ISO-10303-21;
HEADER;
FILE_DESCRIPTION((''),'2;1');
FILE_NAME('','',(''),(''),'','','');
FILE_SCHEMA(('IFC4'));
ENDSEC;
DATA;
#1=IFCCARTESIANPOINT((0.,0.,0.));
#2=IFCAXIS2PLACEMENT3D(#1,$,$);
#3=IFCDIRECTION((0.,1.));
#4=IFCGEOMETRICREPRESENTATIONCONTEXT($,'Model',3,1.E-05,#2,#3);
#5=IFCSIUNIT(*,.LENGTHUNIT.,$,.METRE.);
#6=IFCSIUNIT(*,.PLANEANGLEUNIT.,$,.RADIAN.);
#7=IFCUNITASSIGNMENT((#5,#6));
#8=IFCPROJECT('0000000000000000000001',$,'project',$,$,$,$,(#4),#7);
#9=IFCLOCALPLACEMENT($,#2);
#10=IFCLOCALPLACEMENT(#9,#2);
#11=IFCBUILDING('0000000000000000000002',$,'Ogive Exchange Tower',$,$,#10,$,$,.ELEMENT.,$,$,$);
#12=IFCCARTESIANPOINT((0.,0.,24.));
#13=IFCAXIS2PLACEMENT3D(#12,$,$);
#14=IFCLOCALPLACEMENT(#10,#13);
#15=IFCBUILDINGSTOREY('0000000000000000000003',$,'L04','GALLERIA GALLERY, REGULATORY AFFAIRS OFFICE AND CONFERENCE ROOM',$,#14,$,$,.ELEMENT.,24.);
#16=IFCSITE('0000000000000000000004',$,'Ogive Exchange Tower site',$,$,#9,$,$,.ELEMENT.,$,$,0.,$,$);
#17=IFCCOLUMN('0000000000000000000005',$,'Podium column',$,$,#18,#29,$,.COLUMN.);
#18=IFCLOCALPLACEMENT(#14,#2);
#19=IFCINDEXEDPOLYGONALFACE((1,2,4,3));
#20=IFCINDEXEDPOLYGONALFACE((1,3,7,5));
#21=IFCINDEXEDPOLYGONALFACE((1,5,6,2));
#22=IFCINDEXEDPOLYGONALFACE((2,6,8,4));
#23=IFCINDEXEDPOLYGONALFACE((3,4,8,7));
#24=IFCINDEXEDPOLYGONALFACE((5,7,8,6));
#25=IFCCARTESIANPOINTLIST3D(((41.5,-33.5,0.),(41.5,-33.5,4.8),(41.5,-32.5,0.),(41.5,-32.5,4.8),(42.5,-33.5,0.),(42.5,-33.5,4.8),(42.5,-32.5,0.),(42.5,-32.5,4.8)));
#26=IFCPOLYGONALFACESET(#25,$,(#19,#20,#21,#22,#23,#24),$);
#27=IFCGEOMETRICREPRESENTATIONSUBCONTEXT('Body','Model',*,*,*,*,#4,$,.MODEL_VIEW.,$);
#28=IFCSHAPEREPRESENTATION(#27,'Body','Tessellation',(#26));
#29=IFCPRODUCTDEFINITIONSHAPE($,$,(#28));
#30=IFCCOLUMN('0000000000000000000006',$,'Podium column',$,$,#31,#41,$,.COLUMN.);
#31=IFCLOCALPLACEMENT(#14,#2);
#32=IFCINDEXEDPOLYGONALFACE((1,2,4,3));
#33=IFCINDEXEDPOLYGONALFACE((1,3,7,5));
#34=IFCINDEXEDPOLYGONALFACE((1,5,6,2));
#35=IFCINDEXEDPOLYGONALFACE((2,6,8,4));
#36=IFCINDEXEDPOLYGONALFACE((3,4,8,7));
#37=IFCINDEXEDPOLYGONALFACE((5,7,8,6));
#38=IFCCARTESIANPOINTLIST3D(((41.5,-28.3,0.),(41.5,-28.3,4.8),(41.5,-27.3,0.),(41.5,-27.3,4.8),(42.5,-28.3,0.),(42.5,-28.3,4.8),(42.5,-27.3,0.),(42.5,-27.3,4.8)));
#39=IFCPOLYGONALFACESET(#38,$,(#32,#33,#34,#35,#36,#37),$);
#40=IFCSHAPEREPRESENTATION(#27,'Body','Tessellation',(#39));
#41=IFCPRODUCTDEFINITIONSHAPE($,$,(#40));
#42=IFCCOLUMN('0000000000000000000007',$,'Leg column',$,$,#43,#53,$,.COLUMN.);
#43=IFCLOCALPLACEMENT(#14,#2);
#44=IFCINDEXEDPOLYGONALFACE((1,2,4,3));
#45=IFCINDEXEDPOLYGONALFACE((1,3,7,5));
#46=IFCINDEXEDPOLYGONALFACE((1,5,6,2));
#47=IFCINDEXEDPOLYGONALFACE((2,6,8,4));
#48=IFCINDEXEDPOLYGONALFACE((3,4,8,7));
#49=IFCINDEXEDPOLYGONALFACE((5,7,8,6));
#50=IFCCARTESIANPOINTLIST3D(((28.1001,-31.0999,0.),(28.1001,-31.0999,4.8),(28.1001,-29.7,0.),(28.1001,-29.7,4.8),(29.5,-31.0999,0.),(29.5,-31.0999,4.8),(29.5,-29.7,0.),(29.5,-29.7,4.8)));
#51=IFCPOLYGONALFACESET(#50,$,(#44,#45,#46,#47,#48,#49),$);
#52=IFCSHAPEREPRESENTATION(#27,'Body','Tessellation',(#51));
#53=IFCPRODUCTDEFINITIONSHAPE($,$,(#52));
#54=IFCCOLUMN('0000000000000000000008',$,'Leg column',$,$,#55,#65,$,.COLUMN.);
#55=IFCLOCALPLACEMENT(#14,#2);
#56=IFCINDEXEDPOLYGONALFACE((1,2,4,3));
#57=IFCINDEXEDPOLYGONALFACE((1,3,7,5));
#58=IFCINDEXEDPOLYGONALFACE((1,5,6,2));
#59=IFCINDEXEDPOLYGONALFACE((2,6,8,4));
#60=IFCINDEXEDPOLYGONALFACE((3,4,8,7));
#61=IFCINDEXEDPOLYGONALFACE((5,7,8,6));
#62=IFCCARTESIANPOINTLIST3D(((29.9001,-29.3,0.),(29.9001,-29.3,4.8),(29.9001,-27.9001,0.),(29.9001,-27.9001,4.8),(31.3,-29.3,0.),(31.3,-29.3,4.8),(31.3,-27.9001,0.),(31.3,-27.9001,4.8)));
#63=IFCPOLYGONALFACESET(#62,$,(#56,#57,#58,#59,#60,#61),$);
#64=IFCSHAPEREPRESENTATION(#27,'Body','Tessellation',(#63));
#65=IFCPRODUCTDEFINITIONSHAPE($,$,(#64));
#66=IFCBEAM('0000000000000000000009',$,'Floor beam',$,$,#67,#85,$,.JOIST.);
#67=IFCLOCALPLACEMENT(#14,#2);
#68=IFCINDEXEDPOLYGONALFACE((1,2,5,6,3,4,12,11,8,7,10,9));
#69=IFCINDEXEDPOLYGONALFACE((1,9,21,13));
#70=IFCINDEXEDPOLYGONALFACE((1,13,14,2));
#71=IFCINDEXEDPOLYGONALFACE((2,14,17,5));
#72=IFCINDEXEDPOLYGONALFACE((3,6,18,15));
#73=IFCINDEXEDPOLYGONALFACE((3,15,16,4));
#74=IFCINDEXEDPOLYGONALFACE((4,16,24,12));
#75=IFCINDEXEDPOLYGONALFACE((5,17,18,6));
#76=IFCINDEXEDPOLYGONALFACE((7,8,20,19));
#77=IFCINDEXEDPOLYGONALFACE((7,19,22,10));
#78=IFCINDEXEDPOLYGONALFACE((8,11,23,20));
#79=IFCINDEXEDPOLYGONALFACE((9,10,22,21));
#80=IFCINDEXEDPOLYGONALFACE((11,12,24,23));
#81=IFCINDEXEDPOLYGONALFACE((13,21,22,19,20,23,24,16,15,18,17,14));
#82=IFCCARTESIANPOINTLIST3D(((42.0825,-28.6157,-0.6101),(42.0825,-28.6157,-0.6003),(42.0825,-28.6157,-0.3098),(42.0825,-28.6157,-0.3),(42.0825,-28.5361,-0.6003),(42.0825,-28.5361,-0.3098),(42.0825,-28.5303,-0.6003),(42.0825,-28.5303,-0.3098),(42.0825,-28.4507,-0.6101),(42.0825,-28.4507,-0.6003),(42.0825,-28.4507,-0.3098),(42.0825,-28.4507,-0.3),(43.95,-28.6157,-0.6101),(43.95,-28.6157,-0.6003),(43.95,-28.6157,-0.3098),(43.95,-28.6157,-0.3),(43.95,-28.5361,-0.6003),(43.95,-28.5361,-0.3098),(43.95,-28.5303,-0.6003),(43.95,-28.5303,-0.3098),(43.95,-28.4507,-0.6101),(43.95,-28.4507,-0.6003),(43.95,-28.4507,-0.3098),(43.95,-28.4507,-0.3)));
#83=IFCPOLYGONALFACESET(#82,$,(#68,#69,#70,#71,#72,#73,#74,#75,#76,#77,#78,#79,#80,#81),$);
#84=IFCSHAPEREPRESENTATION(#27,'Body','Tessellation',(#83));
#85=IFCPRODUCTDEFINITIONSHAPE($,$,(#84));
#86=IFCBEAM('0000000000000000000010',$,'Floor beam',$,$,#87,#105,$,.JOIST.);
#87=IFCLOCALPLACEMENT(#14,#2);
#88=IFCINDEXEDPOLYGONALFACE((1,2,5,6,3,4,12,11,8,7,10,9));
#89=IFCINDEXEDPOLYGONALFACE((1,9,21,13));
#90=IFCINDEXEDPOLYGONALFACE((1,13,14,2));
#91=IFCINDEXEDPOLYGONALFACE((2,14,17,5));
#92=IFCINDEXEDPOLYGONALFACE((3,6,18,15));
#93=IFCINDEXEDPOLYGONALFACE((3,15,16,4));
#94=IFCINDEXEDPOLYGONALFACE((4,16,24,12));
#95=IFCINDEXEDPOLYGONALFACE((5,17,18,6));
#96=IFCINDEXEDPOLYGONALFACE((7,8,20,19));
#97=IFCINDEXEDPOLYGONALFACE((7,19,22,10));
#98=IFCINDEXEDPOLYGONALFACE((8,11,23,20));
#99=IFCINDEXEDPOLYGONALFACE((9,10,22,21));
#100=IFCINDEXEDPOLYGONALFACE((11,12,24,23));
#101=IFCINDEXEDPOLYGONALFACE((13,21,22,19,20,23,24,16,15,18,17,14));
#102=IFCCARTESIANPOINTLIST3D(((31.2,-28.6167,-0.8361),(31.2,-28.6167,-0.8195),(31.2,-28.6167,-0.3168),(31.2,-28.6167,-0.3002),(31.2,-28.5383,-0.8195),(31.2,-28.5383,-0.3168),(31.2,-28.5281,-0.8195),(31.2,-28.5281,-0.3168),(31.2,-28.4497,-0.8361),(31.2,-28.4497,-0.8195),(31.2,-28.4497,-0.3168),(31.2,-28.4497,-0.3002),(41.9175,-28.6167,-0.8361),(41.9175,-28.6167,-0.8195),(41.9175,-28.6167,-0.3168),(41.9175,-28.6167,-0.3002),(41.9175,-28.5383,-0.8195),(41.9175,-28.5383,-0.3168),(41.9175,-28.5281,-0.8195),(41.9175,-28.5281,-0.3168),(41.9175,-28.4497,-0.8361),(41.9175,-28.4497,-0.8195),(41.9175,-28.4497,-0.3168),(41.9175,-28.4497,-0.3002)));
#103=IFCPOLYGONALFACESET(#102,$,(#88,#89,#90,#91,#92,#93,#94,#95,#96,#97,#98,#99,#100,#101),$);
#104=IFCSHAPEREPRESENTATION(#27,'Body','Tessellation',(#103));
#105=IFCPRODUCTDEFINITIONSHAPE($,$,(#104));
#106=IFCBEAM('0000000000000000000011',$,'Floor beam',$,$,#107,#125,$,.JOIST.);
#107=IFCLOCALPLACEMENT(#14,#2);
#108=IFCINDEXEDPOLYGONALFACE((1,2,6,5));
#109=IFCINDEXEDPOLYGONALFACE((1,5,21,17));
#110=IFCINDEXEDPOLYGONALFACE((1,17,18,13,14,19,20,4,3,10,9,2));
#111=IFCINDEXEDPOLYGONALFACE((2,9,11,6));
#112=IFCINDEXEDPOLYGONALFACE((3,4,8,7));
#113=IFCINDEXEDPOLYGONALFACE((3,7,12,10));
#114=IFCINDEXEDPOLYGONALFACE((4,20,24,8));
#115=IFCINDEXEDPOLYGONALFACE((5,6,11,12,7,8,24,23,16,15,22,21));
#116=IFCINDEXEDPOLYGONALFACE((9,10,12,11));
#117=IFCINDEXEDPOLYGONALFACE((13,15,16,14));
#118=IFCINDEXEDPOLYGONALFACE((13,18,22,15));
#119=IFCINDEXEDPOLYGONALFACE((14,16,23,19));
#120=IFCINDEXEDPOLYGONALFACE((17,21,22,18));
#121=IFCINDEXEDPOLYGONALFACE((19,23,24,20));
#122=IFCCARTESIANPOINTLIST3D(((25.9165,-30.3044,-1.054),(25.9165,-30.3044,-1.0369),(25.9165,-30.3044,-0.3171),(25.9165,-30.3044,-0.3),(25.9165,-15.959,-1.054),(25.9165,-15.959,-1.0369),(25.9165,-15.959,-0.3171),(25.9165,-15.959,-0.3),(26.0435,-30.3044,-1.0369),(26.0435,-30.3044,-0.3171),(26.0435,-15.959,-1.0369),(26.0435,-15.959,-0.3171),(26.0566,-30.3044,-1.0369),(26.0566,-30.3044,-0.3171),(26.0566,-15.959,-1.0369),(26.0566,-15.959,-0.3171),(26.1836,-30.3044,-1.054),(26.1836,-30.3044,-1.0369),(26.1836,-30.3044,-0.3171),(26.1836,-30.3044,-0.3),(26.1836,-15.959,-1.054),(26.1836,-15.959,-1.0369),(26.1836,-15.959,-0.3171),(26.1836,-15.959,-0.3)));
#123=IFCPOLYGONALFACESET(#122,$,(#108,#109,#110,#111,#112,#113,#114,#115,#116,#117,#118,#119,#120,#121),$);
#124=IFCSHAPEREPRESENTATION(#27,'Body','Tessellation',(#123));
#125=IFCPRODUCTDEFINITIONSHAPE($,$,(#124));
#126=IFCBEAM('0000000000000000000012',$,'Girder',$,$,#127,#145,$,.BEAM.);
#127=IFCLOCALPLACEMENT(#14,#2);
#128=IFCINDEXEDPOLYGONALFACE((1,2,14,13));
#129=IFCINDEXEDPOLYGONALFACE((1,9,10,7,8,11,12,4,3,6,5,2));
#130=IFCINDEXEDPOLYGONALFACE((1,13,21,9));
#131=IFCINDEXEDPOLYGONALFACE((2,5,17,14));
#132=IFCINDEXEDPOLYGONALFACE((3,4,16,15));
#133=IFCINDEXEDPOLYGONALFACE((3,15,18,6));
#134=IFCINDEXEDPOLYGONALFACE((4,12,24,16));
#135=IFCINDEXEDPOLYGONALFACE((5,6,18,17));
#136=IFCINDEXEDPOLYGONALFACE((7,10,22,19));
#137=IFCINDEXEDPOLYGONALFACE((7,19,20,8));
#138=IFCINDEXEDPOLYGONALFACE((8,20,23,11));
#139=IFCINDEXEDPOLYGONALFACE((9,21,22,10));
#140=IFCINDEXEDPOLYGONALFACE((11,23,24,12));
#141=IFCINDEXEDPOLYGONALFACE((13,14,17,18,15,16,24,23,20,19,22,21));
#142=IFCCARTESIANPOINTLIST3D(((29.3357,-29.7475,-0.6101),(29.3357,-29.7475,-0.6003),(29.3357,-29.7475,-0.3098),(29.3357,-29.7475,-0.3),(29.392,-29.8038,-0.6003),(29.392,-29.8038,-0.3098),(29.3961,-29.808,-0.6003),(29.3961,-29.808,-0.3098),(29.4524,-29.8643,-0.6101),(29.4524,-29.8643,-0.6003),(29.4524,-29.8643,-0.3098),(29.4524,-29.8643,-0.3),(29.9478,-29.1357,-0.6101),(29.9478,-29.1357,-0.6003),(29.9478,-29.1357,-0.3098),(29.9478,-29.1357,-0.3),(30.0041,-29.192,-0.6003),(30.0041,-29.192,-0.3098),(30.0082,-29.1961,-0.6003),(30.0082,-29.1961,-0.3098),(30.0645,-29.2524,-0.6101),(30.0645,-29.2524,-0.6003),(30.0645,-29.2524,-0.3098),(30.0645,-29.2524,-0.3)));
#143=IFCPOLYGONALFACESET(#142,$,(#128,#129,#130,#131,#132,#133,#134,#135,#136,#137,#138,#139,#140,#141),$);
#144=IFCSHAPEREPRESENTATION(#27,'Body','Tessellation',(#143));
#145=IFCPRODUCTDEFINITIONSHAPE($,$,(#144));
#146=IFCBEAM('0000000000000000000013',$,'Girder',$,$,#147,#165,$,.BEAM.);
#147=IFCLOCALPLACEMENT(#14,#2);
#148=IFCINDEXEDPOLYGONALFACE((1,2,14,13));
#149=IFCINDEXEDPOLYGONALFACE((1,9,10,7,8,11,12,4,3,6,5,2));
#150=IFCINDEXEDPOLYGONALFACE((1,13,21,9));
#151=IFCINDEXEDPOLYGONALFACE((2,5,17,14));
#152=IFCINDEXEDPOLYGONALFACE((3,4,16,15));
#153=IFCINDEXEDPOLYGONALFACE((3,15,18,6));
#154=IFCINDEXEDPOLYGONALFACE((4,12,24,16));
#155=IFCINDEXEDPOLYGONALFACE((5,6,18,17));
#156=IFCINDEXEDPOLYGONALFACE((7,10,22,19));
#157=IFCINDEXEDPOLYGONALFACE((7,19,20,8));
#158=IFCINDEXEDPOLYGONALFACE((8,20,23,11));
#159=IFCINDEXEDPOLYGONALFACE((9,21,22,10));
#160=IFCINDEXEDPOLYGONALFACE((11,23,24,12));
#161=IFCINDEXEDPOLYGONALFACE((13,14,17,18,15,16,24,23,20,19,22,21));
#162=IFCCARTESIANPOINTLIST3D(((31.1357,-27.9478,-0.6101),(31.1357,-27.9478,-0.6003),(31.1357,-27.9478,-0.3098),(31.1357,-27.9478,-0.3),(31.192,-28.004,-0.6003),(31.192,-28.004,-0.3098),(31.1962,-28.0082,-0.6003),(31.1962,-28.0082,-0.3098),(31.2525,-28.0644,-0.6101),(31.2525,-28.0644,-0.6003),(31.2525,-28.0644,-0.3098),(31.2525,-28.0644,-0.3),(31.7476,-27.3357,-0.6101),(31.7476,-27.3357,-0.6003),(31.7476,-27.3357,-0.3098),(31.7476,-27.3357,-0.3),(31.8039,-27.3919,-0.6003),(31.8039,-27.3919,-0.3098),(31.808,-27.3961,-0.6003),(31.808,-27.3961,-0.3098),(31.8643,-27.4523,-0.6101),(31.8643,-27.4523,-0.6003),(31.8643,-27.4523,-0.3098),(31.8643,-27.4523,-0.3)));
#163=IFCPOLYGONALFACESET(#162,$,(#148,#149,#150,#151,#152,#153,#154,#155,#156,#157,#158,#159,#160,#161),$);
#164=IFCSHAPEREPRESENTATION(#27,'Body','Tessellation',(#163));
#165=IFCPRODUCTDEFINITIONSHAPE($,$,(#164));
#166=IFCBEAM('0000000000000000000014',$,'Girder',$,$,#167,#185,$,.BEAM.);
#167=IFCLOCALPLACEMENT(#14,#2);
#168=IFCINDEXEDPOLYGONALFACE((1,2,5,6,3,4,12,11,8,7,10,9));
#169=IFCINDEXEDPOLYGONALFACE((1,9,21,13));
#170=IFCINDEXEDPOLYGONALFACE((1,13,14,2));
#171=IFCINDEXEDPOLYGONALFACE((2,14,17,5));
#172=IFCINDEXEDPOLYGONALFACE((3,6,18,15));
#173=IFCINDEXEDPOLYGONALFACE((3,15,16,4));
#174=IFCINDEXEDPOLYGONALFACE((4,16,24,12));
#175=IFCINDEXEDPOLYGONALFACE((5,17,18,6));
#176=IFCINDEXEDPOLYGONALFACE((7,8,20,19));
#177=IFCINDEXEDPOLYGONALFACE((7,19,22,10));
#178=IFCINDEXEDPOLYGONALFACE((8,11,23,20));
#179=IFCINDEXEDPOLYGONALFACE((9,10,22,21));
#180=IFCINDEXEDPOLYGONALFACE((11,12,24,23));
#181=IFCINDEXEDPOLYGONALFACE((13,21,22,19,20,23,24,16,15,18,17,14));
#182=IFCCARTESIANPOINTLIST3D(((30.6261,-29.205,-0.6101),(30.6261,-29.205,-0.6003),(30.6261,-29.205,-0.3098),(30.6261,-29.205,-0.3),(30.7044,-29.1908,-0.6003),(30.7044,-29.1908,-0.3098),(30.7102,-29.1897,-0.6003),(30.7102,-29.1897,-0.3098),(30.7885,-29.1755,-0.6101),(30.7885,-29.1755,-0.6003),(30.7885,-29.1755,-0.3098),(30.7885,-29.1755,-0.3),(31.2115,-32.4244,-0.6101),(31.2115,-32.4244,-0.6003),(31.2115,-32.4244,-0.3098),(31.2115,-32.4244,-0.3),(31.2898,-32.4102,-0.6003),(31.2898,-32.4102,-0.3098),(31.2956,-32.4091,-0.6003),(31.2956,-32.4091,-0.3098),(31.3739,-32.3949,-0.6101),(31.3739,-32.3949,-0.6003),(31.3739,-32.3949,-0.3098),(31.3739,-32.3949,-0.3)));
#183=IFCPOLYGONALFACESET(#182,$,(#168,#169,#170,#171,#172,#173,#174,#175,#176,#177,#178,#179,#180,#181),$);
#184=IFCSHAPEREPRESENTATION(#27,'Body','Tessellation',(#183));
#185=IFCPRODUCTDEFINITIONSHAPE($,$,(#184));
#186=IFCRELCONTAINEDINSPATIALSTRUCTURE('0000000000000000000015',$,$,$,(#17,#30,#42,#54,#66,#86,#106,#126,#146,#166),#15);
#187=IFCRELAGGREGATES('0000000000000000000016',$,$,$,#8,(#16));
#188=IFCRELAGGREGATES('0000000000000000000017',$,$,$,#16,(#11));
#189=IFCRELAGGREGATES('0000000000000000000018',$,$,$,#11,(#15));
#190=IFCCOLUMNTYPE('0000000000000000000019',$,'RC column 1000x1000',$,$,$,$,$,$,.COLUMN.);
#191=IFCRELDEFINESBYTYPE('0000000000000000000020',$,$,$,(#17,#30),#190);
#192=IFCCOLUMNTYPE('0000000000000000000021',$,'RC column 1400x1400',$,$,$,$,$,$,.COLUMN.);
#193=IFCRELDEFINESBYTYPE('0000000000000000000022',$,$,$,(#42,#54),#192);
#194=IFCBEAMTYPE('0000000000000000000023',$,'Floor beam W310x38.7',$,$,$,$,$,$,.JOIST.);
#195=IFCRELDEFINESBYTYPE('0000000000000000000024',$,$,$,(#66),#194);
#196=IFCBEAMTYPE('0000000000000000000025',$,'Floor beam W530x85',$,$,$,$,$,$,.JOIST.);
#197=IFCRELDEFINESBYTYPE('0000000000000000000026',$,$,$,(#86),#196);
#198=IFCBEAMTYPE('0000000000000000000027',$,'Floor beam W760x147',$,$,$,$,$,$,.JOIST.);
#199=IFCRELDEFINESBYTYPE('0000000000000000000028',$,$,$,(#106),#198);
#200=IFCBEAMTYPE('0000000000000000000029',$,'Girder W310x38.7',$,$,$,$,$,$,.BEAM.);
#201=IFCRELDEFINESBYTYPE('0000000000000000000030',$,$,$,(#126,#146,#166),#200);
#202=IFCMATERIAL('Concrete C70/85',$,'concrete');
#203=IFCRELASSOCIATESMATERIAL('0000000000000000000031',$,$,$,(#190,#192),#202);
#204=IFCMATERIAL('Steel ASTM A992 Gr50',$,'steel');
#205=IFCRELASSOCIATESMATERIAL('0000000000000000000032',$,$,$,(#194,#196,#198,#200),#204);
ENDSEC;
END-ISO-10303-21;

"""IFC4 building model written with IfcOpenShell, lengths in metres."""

from ifc_helpers import new_model, si_unit, direction, frame, origin, origin_2d, place, context, subcontext, project, spatial, rectangle, i_section, extrude, material, material_profile, profile_set, type_object, element, save


model = new_model("IFC4")

# Units and contexts
model_context = context("Model", 3, precision=1e-05, world=origin(), true_north=direction((0.0, 1.0)))
body_context = subcontext(model_context, "Body", "Model", "MODEL_VIEW")
ifc_project = project(units=[si_unit("LENGTHUNIT", "METRE"), si_unit("PLANEANGLEUNIT", "RADIAN")], contexts=[model_context])

# Site, building, storey
site_placement = place(None, origin())
site = spatial("IfcSite", under=ifc_project, at=site_placement, Name="Ogive Exchange Tower site", CompositionType="ELEMENT", RefElevation=0.0)
building_placement = place(site_placement, origin())
building = spatial("IfcBuilding", under=site, at=building_placement, Name="Ogive Exchange Tower", CompositionType="ELEMENT")
storey_placement = place(building_placement, frame((0.0, 0.0, 24.0)))
storey = spatial("IfcBuildingStorey", under=building, at=storey_placement, Name="L04", Description="GALLERIA GALLERY, REGULATORY AFFAIRS OFFICE AND CONFERENCE ROOM", CompositionType="ELEMENT", Elevation=24.0)

# Columns
ifc_material_1 = material(Name="Concrete C70/85", Category="concrete")
ifc_material_profile_1 = material_profile(ifc_material_1, rectangle(XDim=1.0, YDim=1.0, at=origin_2d()), Name="RC 1000x1000")
ifc_profile_set_1 = profile_set([ifc_material_profile_1], Name="Concrete C70/85")
column_type_1 = type_object("IfcColumnType", Name="RC column 1000x1000", PredefinedType="COLUMN", material=ifc_profile_set_1)
for number, where, z_axis, x_axis, name in (
    (1, (42.0, -33.0, 0.0), (0.0, 0.0, 1.0), (1.0, 0.0, 0.0), "Podium column"),
    (2, (42.0, -27.8, 0.0), (0.0, 0.0, 1.0), (1.0, 0.0, 0.0), "Podium column"),
):
    element("IfcColumn", number, at=place(storey_placement, frame(where, z_axis=z_axis, x_axis=x_axis)), inside=storey, type_object=column_type_1, Name=name, PredefinedType="COLUMN", context=body_context, shape_type="SweptSolid", body=[
        extrude(rectangle(XDim=1.0, YDim=1.0, at=origin_2d()), origin(), (0.0, 0.0, 1.0), 4.8),
    ])
ifc_material_profile_2 = material_profile(ifc_material_1, rectangle(XDim=1.3999, YDim=1.3999, at=origin_2d()), Name="RC 1400x1400")
ifc_profile_set_2 = profile_set([ifc_material_profile_2], Name="Concrete C70/85")
column_type_2 = type_object("IfcColumnType", Name="RC column 1400x1400", PredefinedType="COLUMN", material=ifc_profile_set_2)
for number, where, z_axis, x_axis, name in (
    (3, (28.8, -30.3999, 0.0), (0.0, 0.0, 1.0), (1.0, 0.0, 0.0), "Leg column"),
    (4, (30.6001, -28.6001, 0.0), (0.0, 0.0, 1.0), (1.0, 0.0, 0.0), "Leg column"),
):
    element("IfcColumn", number, at=place(storey_placement, frame(where, z_axis=z_axis, x_axis=x_axis)), inside=storey, type_object=column_type_2, Name=name, PredefinedType="COLUMN", context=body_context, shape_type="SweptSolid", body=[
        extrude(rectangle(XDim=1.3999, YDim=1.3999, at=origin_2d()), origin(), (0.0, 0.0, 1.0), 4.8),
    ])

# Beams
ifc_material_2 = material(Name="Steel ASTM A992 Gr50", Category="steel")
ifc_material_profile_3 = material_profile(ifc_material_2, i_section(OverallWidth=0.165, OverallDepth=0.3101, WebThickness=0.0059, FlangeThickness=0.0098, at=origin_2d()), Name="W310x38.7")
ifc_profile_set_3 = profile_set([ifc_material_profile_3], Name="Steel ASTM A992 Gr50")
beam_type_1 = type_object("IfcBeamType", Name="Floor beam W310x38.7", PredefinedType="JOIST", material=ifc_profile_set_3)
beam_1_placement = place(storey_placement, frame((42.0825, -28.5332, -0.4551), z_axis=(1.0, 0.0, 0.0), x_axis=(0.0, 1.0, 0.0)))
element("IfcBeam", 5, at=beam_1_placement, inside=storey, type_object=beam_type_1, Name="Floor beam", PredefinedType="JOIST", context=body_context, shape_type="SweptSolid", body=[
    extrude(i_section(OverallWidth=0.165, OverallDepth=0.3101, WebThickness=0.0059, FlangeThickness=0.0098, at=origin_2d()), origin(), (0.0, 0.0, 1.0), 1.8674),
])
ifc_material_profile_4 = material_profile(ifc_material_2, i_section(OverallWidth=0.167, OverallDepth=0.5359, WebThickness=0.0103, FlangeThickness=0.0166, at=origin_2d()), Name="W530x85")
ifc_profile_set_4 = profile_set([ifc_material_profile_4], Name="Steel ASTM A992 Gr50")
beam_type_2 = type_object("IfcBeamType", Name="Floor beam W530x85", PredefinedType="JOIST", material=ifc_profile_set_4)
beam_2_placement = place(storey_placement, frame((31.2, -28.5332, -0.5681), z_axis=(1.0, 0.0, 0.0), x_axis=(0.0, 1.0, 0.0)))
element("IfcBeam", 6, at=beam_2_placement, inside=storey, type_object=beam_type_2, Name="Floor beam", PredefinedType="JOIST", context=body_context, shape_type="SweptSolid", body=[
    extrude(i_section(OverallWidth=0.167, OverallDepth=0.5359, WebThickness=0.0103, FlangeThickness=0.0166, at=origin_2d()), origin(), (0.0, 0.0, 1.0), 10.7175),
])
ifc_material_profile_5 = material_profile(ifc_material_2, i_section(OverallWidth=0.2671, OverallDepth=0.7539, WebThickness=0.0132, FlangeThickness=0.0171, at=origin_2d()), Name="W760x147")
ifc_profile_set_5 = profile_set([ifc_material_profile_5], Name="Steel ASTM A992 Gr50")
beam_type_3 = type_object("IfcBeamType", Name="Floor beam W760x147", PredefinedType="JOIST", material=ifc_profile_set_5)
beam_3_placement = place(storey_placement, frame((26.05, -30.3044, -0.677), z_axis=(0.0, 1.0, 0.0), x_axis=(-1.0, 0.0, 0.0)))
element("IfcBeam", 7, at=beam_3_placement, inside=storey, type_object=beam_type_3, Name="Floor beam", PredefinedType="JOIST", context=body_context, shape_type="SweptSolid", body=[
    extrude(i_section(OverallWidth=0.2671, OverallDepth=0.7539, WebThickness=0.0132, FlangeThickness=0.0171, at=origin_2d()), origin(), (0.0, 0.0, 1.0), 14.3455),
])
ifc_material_profile_6 = material_profile(ifc_material_2, i_section(OverallWidth=0.165, OverallDepth=0.3101, WebThickness=0.0059, FlangeThickness=0.0098, at=origin_2d()), Name="W310x38.7")
ifc_profile_set_6 = profile_set([ifc_material_profile_6], Name="Steel ASTM A992 Gr50")
beam_type_4 = type_object("IfcBeamType", Name="Girder W310x38.7", PredefinedType="BEAM", material=ifc_profile_set_6)
for number, where, z_axis, x_axis, name in (
    (8, (29.394, -29.8059, -0.4551), (0.707248, 0.706966, 0.0), (-0.706966, 0.707248, 0.0), "Girder"),
    (9, (31.1941, -28.0061, -0.4551), (0.706966, 0.707248, 0.0), (-0.707248, 0.706966, 0.0), "Girder"),
):
    element("IfcBeam", number, at=place(storey_placement, frame(where, z_axis=z_axis, x_axis=x_axis)), inside=storey, type_object=beam_type_4, Name=name, PredefinedType="BEAM", context=body_context, shape_type="SweptSolid", body=[
        extrude(i_section(OverallWidth=0.165, OverallDepth=0.3101, WebThickness=0.0059, FlangeThickness=0.0098, at=origin_2d()), origin(), (0.0, 0.0, 1.0), 0.8655),
    ])
beam_4_placement = place(storey_placement, frame((31.2927, -32.4097, -0.4551), z_axis=(-0.178912, 0.983865, 0.0), x_axis=(-0.983865, -0.178912, 0.0)))
element("IfcBeam", 10, at=beam_4_placement, inside=storey, type_object=beam_type_4, Name="Girder", PredefinedType="BEAM", context=body_context, shape_type="SweptSolid", body=[
    extrude(i_section(OverallWidth=0.165, OverallDepth=0.3101, WebThickness=0.0059, FlangeThickness=0.0098, at=origin_2d()), origin(), (0.0, 0.0, 1.0), 3.2722),
])

save(model, "model.ifc")
